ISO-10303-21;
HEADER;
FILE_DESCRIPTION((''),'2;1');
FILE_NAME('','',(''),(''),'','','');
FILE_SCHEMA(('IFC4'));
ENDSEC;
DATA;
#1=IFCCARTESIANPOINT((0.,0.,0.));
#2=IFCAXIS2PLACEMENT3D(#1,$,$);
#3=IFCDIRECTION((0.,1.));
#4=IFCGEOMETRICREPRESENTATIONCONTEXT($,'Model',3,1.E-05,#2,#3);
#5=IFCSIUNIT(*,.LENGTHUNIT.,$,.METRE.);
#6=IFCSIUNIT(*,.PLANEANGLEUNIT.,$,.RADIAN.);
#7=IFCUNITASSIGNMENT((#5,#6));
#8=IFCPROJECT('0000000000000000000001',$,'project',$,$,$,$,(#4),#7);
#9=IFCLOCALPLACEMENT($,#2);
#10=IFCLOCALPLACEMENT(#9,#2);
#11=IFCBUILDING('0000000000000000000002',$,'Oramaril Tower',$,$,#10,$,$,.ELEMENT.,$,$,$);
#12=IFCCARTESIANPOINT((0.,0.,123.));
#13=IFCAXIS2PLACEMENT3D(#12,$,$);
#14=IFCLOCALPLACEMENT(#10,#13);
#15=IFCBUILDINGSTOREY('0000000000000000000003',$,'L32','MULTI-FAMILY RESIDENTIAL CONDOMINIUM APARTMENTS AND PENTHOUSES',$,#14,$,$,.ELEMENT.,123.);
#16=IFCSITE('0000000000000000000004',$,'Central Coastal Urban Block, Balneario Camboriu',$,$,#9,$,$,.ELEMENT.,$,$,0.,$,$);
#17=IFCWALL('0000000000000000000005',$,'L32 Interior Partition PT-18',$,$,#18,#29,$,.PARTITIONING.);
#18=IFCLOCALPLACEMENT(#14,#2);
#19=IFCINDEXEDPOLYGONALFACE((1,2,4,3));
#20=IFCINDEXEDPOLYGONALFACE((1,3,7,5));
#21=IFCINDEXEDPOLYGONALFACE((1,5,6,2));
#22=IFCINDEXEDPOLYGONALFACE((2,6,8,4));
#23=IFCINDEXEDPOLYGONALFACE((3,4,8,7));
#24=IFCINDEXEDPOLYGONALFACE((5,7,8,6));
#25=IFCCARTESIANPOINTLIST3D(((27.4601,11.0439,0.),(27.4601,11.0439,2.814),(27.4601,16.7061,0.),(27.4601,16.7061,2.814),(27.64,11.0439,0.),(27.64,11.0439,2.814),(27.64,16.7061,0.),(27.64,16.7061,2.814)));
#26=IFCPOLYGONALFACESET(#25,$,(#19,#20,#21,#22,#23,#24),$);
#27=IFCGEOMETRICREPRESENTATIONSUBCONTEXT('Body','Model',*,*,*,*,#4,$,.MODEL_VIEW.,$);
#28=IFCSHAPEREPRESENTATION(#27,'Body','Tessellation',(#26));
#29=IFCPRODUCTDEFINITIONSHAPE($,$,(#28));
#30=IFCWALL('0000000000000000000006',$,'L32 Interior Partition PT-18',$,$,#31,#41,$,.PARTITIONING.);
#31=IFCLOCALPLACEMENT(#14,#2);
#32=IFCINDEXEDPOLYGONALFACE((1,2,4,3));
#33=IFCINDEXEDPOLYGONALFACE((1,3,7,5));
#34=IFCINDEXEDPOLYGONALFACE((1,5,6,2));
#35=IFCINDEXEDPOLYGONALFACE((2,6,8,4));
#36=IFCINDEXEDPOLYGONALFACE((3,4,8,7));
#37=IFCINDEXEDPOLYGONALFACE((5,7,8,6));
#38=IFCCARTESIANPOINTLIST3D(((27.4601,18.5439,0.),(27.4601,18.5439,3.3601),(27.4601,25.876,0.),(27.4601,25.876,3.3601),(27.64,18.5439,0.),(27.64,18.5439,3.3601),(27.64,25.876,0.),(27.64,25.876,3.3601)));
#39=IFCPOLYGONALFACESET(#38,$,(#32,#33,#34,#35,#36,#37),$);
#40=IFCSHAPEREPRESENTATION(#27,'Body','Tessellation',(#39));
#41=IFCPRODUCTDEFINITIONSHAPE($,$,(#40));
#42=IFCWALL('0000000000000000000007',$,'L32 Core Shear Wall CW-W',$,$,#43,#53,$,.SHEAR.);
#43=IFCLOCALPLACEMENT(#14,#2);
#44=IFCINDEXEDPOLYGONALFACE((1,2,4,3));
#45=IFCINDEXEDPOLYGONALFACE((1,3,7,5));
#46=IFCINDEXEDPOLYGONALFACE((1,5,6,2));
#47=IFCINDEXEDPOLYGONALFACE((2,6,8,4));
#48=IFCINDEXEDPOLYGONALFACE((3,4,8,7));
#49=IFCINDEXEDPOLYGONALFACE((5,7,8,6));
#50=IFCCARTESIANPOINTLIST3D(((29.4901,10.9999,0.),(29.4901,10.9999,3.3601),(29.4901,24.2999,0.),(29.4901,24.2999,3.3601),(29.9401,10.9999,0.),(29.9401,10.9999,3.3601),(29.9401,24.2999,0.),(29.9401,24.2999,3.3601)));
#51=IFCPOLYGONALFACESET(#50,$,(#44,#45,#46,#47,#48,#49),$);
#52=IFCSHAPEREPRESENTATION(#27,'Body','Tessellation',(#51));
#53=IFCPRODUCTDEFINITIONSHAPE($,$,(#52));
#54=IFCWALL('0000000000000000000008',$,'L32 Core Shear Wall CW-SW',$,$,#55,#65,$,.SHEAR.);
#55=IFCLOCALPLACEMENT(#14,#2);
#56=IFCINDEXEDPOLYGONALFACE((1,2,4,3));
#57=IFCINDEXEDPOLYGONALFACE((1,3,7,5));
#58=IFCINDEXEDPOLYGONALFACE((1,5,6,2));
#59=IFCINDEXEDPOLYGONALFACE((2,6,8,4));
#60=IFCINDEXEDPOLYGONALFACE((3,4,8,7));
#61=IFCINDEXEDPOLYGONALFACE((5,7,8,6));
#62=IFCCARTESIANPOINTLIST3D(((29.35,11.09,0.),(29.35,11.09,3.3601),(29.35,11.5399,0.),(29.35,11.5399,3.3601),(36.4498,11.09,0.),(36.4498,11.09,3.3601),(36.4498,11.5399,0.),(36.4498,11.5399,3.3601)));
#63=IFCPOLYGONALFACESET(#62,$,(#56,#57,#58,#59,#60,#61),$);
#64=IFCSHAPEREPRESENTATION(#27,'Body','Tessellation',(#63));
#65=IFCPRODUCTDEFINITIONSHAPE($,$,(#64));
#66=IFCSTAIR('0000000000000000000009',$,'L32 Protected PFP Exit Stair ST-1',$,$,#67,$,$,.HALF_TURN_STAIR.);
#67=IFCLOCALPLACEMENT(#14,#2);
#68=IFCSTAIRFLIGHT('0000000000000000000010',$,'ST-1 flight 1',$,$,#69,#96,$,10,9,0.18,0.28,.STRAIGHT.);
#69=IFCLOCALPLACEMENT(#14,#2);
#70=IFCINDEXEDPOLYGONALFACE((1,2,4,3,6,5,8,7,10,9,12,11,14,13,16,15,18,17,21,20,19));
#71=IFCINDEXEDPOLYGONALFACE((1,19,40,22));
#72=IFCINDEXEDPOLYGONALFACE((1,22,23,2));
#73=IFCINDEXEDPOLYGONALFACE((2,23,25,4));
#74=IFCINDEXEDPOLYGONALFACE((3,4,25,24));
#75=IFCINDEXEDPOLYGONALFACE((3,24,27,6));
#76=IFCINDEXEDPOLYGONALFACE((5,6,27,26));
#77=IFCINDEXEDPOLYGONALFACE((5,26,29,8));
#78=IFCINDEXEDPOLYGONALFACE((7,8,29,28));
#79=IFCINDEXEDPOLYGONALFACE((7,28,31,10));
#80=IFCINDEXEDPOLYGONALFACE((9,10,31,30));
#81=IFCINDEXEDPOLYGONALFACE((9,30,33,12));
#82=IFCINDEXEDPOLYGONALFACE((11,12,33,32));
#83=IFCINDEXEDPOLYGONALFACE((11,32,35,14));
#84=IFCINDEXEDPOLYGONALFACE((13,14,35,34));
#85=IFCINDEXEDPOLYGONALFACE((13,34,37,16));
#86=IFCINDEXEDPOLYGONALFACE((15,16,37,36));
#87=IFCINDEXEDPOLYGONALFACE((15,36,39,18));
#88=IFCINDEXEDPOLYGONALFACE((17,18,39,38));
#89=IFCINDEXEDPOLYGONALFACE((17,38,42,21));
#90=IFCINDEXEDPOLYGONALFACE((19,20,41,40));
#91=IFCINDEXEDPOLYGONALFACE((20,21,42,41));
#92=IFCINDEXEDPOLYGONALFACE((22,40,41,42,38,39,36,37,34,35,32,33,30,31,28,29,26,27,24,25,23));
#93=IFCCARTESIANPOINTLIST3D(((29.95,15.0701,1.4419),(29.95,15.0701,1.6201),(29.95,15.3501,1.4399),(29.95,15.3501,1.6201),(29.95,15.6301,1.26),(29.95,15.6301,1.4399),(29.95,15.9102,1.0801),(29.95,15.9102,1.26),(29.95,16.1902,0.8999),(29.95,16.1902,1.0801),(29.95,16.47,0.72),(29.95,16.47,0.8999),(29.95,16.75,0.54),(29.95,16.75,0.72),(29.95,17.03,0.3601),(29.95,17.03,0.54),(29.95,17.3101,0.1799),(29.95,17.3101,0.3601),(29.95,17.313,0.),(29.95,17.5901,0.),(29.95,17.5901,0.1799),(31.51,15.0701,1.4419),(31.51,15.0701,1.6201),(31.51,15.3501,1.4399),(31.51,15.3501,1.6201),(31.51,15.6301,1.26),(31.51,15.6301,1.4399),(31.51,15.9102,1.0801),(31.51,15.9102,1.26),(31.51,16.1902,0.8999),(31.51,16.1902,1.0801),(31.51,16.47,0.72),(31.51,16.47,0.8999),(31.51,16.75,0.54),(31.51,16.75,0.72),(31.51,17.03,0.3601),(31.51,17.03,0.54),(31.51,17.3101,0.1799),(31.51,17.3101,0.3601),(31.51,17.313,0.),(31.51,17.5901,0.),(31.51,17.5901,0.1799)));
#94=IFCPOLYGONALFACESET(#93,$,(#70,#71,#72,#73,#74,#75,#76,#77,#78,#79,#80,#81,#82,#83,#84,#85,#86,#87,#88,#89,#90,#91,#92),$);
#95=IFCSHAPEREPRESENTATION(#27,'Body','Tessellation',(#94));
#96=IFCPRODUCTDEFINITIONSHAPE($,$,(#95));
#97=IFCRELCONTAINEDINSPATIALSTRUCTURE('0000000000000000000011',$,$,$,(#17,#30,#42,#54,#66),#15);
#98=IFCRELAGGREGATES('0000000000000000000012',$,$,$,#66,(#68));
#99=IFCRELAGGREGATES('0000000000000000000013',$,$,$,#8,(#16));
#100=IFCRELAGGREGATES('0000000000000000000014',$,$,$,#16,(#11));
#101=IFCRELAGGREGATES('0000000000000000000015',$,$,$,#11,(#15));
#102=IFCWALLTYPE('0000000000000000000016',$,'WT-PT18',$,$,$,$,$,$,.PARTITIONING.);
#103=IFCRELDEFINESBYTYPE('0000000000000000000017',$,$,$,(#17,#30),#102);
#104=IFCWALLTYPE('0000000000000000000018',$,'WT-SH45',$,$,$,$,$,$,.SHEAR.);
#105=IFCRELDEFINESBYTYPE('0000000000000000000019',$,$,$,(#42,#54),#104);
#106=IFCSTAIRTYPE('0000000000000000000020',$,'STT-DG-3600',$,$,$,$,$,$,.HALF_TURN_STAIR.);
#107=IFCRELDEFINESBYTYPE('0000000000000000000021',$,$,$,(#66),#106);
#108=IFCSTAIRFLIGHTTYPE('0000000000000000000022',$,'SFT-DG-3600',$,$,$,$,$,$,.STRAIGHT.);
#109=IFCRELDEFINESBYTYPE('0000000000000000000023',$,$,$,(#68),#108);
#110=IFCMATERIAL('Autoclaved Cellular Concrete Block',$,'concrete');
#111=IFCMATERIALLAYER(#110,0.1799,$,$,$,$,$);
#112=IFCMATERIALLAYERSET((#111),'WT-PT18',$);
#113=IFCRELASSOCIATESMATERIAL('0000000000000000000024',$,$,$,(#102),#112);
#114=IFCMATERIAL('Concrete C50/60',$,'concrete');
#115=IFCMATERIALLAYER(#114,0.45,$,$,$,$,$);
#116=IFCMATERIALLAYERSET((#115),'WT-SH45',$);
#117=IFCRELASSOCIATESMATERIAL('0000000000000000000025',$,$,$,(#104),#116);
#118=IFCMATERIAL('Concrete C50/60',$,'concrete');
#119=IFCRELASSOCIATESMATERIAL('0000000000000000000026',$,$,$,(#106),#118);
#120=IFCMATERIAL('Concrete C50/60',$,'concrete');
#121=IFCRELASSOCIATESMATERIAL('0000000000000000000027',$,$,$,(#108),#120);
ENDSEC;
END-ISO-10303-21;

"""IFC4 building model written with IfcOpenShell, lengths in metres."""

from ifc_helpers import new_model, si_unit, direction, frame, frame_2d, origin, place, context, subcontext, project, spatial, polyline, rectangle, outline, extrude, material, layer, layer_set, type_object, element, aggregate, save


model = new_model("IFC4")

# Units and contexts
model_context = context("Model", 3, precision=1e-05, world=origin(), true_north=direction((0.0, 1.0)))
body_context = subcontext(model_context, "Body", "Model", "MODEL_VIEW")
ifc_project = project(units=[si_unit("LENGTHUNIT", "METRE"), si_unit("PLANEANGLEUNIT", "RADIAN")], contexts=[model_context])

# Site, building, storey
site_placement = place(None, origin())
site = spatial("IfcSite", under=ifc_project, at=site_placement, Name="Central Coastal Urban Block, Balneario Camboriu", CompositionType="ELEMENT", RefElevation=0.0)
building_placement = place(site_placement, origin())
building = spatial("IfcBuilding", under=site, at=building_placement, Name="Oramaril Tower", CompositionType="ELEMENT")
storey_placement = place(building_placement, frame((0.0, 0.0, 123.0)))
storey = spatial("IfcBuildingStorey", under=building, at=storey_placement, Name="L32", Description="MULTI-FAMILY RESIDENTIAL CONDOMINIUM APARTMENTS AND PENTHOUSES", CompositionType="ELEMENT", Elevation=123.0)

# Walls
ifc_material_1 = material(Name="Autoclaved Cellular Concrete Block", Category="concrete")
ifc_layer_1 = layer(ifc_material_1, 0.1799)
ifc_layer_set_1 = layer_set([ifc_layer_1], Name="WT-PT18")
wall_type_1 = type_object("IfcWallType", Name="WT-PT18", PredefinedType="PARTITIONING", material=ifc_layer_set_1)
wall_1_placement = place(storey_placement, frame((27.55, 11.0439, 0.0), z_axis=(0.0, 0.0, 1.0), x_axis=(0.0, 1.0, 0.0)))
element("IfcWall", 1, at=wall_1_placement, inside=storey, type_object=wall_type_1, Name="L32 Interior Partition PT-18", PredefinedType="PARTITIONING", context=body_context, shape_type="SweptSolid", body=[
    extrude(rectangle(XDim=5.6621, YDim=0.1799, at=frame_2d((2.8311, 0.0))), origin(), (0.0, 0.0, 1.0), 2.814),
])
wall_2_placement = place(storey_placement, frame((27.55, 18.5439, 0.0), z_axis=(0.0, 0.0, 1.0), x_axis=(0.0, 1.0, 0.0)))
element("IfcWall", 2, at=wall_2_placement, inside=storey, type_object=wall_type_1, Name="L32 Interior Partition PT-18", PredefinedType="PARTITIONING", context=body_context, shape_type="SweptSolid", body=[
    extrude(rectangle(XDim=7.332, YDim=0.1799, at=frame_2d((3.666, 0.0))), origin(), (0.0, 0.0, 1.0), 3.3601),
])

# Walls
ifc_material_2 = material(Name="Concrete C50/60", Category="concrete")
ifc_layer_2 = layer(ifc_material_2, 0.45)
ifc_layer_set_2 = layer_set([ifc_layer_2], Name="WT-SH45")
wall_type_2 = type_object("IfcWallType", Name="WT-SH45", PredefinedType="SHEAR", material=ifc_layer_set_2)
wall_3_placement = place(storey_placement, frame((29.7151, 11.0, 0.0), z_axis=(0.0, 0.0, 1.0), x_axis=(0.0, 1.0, 0.0)))
element("IfcWall", 3, at=wall_3_placement, inside=storey, type_object=wall_type_2, Name="L32 Core Shear Wall CW-W", PredefinedType="SHEAR", context=body_context, shape_type="SweptSolid", body=[
    extrude(rectangle(XDim=13.3, YDim=0.45, at=frame_2d((6.6499, 0.0))), origin(), (0.0, 0.0, 1.0), 3.3601),
])
wall_4_placement = place(storey_placement, frame((29.3501, 11.3149, 0.0), z_axis=(0.0, 0.0, 1.0), x_axis=(1.0, 0.0, 0.0)))
element("IfcWall", 4, at=wall_4_placement, inside=storey, type_object=wall_type_2, Name="L32 Core Shear Wall CW-SW", PredefinedType="SHEAR", context=body_context, shape_type="SweptSolid", body=[
    extrude(rectangle(XDim=7.0999, YDim=0.45, at=frame_2d((3.5498, 0.0))), origin(), (0.0, 0.0, 1.0), 3.3601),
])

# Stair, stair flight
ifc_material_3 = material(Name="Concrete C50/60", Category="concrete")
stair_type = type_object("IfcStairType", Name="STT-DG-3600", PredefinedType="HALF_TURN_STAIR", material=ifc_material_3)
stair_placement = place(storey_placement, origin())
stair = element("IfcStair", 5, at=stair_placement, inside=storey, type_object=stair_type, Name="L32 Protected PFP Exit Stair ST-1", PredefinedType="HALF_TURN_STAIR")
ifc_material_4 = material(Name="Concrete C50/60", Category="concrete")
stair_flight_type = type_object("IfcStairFlightType", Name="SFT-DG-3600", PredefinedType="STRAIGHT", material=ifc_material_4)
stair_flight_placement = place(storey_placement, frame((30.73, 17.5901, 0.0), z_axis=(0.0, 0.0, 1.0), x_axis=(0.0, -1.0, 0.0)))
stair_flight = element("IfcStairFlight", 6, at=stair_flight_placement, type_object=stair_flight_type, Name="ST-1 flight 1", NumberOfRisers=10, NumberOfTreads=9, PredefinedType="STRAIGHT", RiserHeight=0.18, TreadLength=0.28, context=body_context, shape_type="SweptSolid", body=[
    extrude(outline(polyline([(0.0, 0.0), (0.0, 0.1799), (0.28, 0.1799), (0.28, 0.3601), (0.5601, 0.3601), (0.5601, 0.54), (0.8401, 0.54), (0.8401, 0.72), (1.1201, 0.72), (1.1201, 0.8999), (1.3999, 0.8999), (1.3999, 1.0801), (1.6799, 1.0801), (1.6799, 1.26), (1.96, 1.26), (1.96, 1.4399), (2.24, 1.4399), (2.24, 1.6201), (2.52, 1.6201), (2.52, 1.8), (2.52, 1.4419), (0.2771, 0.0), (0.0, 0.0)])), frame((0.0, 0.78, 0.0), z_axis=(0.0, -1.0, 0.0), x_axis=(1.0, 0.0, 0.0)), (0.0, 0.0, 1.0), 1.5601),
])
aggregate(stair, [stair_flight])

save(model, "model.ifc")
